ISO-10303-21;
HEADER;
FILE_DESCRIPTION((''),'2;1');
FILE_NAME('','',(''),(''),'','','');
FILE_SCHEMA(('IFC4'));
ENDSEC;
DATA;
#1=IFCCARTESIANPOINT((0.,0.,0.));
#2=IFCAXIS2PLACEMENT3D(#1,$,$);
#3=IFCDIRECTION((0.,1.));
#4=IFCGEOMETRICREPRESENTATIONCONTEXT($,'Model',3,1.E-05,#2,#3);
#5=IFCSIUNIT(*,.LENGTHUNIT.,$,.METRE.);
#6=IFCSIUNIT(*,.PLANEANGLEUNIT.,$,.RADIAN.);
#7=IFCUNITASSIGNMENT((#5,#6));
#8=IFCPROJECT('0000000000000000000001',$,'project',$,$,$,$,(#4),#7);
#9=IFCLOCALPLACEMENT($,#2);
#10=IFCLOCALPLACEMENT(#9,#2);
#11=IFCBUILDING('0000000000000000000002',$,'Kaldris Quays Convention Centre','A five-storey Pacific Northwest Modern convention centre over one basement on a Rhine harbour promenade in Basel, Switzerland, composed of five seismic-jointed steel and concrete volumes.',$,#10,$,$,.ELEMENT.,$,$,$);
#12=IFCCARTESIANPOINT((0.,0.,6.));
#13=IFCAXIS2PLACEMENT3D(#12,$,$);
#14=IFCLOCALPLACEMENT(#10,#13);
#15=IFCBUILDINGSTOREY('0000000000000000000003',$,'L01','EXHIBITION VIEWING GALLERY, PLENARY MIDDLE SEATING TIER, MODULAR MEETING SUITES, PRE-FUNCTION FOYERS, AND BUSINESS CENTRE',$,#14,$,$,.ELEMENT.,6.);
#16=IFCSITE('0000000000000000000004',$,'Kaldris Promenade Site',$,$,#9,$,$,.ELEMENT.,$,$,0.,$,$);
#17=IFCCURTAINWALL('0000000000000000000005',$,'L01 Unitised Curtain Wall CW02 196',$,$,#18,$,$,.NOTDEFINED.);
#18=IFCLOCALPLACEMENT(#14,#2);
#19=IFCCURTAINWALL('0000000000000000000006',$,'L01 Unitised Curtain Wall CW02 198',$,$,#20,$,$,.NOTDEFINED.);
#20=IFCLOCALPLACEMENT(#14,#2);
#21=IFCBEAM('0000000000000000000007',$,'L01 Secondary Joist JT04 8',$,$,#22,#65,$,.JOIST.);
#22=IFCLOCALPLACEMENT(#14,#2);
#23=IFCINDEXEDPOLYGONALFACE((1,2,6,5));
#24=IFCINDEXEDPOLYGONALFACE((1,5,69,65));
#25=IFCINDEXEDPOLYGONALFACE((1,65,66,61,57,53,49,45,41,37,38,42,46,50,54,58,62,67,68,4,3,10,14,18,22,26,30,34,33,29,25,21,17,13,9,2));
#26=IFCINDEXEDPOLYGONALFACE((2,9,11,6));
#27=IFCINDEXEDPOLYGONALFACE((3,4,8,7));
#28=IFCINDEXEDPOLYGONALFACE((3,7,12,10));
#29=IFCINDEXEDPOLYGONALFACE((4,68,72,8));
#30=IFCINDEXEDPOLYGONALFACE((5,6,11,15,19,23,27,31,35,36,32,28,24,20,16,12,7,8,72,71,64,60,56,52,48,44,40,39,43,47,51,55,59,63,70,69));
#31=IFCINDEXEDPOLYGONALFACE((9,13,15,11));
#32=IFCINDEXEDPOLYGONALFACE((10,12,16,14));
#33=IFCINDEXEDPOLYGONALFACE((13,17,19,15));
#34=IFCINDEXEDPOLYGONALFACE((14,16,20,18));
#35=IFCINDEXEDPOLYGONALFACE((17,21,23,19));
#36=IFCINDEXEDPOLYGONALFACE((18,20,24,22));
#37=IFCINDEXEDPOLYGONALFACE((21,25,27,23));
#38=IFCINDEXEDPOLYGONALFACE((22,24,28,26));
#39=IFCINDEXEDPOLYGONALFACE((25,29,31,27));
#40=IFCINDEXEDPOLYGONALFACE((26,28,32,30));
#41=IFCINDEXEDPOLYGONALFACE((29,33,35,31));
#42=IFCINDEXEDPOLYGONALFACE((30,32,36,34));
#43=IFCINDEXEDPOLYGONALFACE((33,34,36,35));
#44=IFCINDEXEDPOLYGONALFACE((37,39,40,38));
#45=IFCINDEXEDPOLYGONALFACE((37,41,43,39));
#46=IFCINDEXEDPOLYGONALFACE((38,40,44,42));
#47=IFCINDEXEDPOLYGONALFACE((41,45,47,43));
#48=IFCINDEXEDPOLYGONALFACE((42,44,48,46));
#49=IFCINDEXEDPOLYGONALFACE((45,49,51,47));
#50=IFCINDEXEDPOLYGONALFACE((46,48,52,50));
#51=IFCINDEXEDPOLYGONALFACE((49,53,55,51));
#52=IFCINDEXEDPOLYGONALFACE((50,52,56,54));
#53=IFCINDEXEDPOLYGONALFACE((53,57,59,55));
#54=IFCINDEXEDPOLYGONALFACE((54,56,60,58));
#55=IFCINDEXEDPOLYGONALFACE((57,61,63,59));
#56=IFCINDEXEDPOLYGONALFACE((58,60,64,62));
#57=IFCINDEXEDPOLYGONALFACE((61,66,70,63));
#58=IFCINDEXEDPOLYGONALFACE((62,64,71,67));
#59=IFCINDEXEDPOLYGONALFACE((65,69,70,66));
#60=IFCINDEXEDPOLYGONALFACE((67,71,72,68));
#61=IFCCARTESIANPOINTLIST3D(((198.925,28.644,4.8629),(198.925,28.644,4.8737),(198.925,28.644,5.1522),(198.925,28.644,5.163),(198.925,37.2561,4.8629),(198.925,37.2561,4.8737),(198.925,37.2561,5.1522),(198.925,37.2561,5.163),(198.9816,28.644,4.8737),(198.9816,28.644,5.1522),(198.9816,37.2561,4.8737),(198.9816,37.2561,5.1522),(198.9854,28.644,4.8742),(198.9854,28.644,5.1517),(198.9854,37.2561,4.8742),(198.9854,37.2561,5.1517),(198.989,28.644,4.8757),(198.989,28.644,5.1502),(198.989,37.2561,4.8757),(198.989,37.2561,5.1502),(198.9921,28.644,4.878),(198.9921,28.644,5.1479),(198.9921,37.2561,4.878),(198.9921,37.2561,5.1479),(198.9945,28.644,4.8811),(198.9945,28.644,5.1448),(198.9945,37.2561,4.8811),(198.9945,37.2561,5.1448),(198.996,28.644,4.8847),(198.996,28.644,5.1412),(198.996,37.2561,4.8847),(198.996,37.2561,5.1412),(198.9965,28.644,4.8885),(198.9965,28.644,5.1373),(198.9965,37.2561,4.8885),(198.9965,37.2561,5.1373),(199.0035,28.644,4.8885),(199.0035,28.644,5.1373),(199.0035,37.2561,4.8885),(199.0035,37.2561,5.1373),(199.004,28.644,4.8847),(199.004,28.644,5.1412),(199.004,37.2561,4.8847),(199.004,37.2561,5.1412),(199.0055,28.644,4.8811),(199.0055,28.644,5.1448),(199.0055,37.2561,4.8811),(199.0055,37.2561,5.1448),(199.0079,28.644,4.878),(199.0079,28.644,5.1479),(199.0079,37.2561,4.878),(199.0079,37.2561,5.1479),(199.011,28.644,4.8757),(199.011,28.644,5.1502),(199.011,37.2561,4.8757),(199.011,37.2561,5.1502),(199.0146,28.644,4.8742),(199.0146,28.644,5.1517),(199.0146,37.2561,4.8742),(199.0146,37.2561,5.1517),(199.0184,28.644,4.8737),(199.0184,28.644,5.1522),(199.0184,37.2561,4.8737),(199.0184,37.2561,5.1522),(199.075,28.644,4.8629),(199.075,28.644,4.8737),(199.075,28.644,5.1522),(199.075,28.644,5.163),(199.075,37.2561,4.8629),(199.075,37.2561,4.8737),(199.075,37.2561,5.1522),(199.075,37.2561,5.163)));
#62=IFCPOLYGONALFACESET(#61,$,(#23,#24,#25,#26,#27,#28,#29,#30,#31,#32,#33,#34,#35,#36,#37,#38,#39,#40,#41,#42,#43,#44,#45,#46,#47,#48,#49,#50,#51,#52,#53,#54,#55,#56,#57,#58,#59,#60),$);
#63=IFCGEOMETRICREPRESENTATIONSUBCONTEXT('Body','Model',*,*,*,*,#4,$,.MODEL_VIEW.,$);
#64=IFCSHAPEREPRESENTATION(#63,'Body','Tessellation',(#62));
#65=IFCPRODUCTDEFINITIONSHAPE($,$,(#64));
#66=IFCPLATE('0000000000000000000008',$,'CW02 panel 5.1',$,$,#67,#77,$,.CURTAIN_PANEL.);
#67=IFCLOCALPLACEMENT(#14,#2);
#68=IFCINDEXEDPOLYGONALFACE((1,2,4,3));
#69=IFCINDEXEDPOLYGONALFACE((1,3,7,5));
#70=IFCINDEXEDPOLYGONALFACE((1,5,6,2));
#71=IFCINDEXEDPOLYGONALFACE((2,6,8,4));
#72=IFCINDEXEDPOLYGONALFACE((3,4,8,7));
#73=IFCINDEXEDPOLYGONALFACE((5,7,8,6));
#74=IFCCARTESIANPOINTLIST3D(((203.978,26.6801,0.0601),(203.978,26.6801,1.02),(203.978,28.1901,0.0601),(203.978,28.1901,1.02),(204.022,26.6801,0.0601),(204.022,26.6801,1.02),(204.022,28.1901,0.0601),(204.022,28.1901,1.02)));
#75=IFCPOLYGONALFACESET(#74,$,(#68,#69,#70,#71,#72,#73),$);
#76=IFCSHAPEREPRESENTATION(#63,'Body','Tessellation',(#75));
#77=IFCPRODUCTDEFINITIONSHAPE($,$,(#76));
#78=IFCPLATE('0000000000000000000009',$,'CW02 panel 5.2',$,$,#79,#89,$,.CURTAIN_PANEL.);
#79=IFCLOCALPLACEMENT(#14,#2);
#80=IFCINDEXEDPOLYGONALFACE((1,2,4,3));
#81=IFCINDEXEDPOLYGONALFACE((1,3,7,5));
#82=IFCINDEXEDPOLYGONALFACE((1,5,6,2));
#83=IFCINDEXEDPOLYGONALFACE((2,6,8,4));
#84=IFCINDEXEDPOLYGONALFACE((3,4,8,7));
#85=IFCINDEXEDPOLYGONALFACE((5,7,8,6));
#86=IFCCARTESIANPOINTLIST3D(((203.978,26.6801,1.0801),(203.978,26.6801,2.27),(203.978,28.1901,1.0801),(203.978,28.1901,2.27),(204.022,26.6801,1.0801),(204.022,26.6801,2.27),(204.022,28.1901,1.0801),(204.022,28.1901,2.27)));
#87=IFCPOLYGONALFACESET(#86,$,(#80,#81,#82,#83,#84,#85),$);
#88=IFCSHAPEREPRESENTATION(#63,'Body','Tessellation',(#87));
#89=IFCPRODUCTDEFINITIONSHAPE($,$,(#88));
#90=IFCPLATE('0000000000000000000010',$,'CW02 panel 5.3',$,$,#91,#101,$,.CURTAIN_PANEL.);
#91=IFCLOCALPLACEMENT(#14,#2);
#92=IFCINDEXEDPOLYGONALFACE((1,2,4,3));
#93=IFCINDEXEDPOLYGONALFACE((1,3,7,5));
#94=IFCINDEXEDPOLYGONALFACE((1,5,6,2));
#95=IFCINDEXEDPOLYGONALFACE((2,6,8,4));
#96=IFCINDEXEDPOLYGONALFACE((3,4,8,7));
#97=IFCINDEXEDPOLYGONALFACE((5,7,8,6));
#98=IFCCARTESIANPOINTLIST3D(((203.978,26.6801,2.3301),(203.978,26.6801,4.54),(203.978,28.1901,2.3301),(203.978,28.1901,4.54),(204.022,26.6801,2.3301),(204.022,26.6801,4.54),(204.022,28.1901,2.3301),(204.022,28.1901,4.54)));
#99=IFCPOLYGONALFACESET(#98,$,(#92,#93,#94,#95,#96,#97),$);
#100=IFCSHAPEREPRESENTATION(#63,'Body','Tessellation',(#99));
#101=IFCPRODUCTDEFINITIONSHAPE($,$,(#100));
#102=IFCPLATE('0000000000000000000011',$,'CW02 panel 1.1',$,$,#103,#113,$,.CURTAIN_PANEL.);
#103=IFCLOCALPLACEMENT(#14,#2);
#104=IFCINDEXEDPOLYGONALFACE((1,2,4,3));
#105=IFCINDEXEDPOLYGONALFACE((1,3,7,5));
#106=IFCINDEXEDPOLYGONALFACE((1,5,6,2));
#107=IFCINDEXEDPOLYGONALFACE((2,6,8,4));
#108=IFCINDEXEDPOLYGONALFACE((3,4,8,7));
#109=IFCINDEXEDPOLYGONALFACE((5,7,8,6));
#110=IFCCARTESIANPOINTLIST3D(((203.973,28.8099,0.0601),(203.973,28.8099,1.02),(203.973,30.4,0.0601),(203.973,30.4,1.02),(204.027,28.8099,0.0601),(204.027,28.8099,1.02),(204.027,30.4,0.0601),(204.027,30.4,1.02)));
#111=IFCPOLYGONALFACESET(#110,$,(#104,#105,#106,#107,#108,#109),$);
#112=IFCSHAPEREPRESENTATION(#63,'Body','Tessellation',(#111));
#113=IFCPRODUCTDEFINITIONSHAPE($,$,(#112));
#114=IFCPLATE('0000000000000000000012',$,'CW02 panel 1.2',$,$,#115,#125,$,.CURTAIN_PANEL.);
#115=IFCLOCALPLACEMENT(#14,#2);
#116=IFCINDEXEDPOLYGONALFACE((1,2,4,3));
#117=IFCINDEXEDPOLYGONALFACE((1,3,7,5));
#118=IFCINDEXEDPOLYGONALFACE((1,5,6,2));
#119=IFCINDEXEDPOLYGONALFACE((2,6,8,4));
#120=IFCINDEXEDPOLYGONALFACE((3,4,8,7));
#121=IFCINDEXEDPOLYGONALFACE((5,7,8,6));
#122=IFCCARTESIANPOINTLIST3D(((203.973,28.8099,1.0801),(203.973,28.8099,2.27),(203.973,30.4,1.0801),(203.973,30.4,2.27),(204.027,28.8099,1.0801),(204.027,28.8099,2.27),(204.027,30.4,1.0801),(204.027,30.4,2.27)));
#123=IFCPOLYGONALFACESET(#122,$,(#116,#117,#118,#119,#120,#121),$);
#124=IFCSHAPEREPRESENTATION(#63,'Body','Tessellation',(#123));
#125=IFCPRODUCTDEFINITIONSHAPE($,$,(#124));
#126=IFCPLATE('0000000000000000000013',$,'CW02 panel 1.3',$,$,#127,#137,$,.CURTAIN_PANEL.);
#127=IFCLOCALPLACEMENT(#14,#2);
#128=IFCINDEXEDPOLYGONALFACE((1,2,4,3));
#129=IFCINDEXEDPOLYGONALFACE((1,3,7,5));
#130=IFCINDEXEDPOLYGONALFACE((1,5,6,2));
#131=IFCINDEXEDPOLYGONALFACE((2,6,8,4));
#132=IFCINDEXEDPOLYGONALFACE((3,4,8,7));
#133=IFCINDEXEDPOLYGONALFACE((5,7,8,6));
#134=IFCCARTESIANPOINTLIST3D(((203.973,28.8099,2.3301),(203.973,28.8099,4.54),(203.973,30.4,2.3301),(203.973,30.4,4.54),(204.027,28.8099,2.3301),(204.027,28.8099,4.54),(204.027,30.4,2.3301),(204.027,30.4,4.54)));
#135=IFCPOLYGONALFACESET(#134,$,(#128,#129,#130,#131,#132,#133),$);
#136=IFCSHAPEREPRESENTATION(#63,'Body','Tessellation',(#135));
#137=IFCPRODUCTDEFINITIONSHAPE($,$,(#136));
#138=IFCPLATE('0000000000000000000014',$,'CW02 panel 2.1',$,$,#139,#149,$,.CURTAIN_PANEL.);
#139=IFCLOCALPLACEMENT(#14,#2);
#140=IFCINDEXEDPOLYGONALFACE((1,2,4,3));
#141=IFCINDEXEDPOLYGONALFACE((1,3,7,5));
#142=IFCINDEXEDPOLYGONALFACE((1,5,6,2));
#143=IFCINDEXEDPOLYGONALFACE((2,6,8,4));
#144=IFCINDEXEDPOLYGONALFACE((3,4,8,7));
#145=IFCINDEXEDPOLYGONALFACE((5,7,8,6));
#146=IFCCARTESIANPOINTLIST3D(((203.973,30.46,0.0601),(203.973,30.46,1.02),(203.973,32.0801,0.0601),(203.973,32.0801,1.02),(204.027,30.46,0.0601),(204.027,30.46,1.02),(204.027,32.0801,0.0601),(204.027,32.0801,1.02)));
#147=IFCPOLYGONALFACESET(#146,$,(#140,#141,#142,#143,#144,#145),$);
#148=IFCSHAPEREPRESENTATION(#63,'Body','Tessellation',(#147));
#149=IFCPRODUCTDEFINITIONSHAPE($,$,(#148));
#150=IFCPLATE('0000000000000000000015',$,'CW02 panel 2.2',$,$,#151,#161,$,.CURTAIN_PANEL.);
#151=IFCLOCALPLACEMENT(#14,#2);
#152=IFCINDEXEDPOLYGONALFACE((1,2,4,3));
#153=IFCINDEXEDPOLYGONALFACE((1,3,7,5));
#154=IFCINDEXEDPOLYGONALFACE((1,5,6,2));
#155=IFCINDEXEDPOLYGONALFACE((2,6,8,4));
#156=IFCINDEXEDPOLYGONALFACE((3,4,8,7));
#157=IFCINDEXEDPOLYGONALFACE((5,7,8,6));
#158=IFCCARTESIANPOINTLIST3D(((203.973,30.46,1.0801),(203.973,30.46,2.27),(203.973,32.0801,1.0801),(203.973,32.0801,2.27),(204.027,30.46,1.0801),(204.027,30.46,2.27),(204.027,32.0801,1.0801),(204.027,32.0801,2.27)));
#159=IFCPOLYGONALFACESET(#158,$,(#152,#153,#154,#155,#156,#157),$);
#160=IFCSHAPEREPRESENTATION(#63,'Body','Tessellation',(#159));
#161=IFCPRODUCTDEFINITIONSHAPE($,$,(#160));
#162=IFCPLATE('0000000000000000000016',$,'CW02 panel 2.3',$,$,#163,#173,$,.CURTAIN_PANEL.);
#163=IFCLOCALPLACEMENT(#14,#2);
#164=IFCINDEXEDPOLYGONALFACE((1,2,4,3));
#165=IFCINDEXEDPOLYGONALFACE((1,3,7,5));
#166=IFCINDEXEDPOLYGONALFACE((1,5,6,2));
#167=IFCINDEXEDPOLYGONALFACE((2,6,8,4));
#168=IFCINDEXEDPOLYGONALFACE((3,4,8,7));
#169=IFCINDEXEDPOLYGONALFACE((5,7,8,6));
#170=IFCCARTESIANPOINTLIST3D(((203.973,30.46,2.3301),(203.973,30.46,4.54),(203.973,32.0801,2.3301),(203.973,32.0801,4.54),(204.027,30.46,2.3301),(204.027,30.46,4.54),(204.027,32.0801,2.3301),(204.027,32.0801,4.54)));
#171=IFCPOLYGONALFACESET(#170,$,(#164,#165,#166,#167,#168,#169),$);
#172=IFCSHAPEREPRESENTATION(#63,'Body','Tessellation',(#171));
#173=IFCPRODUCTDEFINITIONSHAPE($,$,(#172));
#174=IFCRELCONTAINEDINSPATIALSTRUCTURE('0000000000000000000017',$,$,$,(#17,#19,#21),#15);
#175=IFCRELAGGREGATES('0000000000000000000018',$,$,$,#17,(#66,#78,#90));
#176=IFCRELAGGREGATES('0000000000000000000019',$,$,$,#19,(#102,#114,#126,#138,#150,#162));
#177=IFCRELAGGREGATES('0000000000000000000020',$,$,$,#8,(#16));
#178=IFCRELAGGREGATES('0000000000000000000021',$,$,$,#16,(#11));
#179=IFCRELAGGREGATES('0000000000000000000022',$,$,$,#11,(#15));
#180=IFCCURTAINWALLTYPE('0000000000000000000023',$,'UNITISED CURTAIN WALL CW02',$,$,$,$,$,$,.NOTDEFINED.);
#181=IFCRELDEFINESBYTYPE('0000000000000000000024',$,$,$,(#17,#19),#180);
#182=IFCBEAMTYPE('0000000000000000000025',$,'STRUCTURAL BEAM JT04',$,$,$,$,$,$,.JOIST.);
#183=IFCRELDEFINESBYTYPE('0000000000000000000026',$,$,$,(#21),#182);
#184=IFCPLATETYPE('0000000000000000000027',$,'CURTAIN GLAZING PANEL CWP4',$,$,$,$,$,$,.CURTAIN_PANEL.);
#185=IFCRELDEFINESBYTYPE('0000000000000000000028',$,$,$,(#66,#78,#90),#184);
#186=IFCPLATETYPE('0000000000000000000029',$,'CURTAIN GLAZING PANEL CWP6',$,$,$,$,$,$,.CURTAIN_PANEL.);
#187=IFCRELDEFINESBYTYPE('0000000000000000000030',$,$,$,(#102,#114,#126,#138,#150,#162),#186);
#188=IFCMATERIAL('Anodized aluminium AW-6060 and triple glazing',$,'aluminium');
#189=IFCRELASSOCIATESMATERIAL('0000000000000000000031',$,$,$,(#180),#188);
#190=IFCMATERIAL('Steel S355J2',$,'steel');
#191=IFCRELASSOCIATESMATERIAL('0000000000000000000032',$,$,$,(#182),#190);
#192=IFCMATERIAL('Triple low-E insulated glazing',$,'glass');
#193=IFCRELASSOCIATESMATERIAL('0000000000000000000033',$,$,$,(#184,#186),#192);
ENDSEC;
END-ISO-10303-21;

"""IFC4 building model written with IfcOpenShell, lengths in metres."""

from ifc_helpers import new_model, si_unit, direction, frame, origin, origin_2d, place, context, subcontext, project, spatial, rectangle, i_section, extrude, material, material_profile, profile_set, type_object, element, aggregate, save


model = new_model("IFC4")

# Units and contexts
model_context = context("Model", 3, precision=1e-05, world=origin(), true_north=direction((0.0, 1.0)))
body_context = subcontext(model_context, "Body", "Model", "MODEL_VIEW")
ifc_project = project(units=[si_unit("LENGTHUNIT", "METRE"), si_unit("PLANEANGLEUNIT", "RADIAN")], contexts=[model_context])

# Site, building, storey
site_placement = place(None, origin())
site = spatial("IfcSite", under=ifc_project, at=site_placement, Name="Kaldris Promenade Site", CompositionType="ELEMENT", RefElevation=0.0)
building_placement = place(site_placement, origin())
building = spatial("IfcBuilding", under=site, at=building_placement, Name="Kaldris Quays Convention Centre", Description="A five-storey Pacific Northwest Modern convention centre over one basement on a Rhine harbour promenade in Basel, Switzerland, composed of five seismic-jointed steel and concrete volumes.", CompositionType="ELEMENT")
storey_placement = place(building_placement, frame((0.0, 0.0, 6.0)))
storey = spatial("IfcBuildingStorey", under=building, at=storey_placement, Name="L01", Description="EXHIBITION VIEWING GALLERY, PLENARY MIDDLE SEATING TIER, MODULAR MEETING SUITES, PRE-FUNCTION FOYERS, AND BUSINESS CENTRE", CompositionType="ELEMENT", Elevation=6.0)

# Shared definitions
ifc_material_1 = material(Name="Steel S355J2", Category="steel")

# Curtain wall
ifc_material_2 = material(Name="Anodized aluminium AW-6060 and triple glazing", Category="aluminium")
curtain_wall_type = type_object("IfcCurtainWallType", Name="UNITISED CURTAIN WALL CW02", PredefinedType="NOTDEFINED", material=ifc_material_2)
curtain_wall_1_placement = place(storey_placement, origin())
curtain_wall_1 = element("IfcCurtainWall", 1, at=curtain_wall_1_placement, inside=storey, type_object=curtain_wall_type, Name="L01 Unitised Curtain Wall CW02 196", PredefinedType="NOTDEFINED")

# Curtain wall
curtain_wall_2_placement = place(storey_placement, origin())
curtain_wall_2 = element("IfcCurtainWall", 2, at=curtain_wall_2_placement, inside=storey, type_object=curtain_wall_type, Name="L01 Unitised Curtain Wall CW02 198", PredefinedType="NOTDEFINED")

# Beam
ifc_material_profile_1 = material_profile(ifc_material_1, i_section(OverallWidth=0.1499, OverallDepth=0.3, WebThickness=0.0071, FlangeThickness=0.0107, FilletRadius=0.0149, at=origin_2d()), Name="IPE 300")
ifc_profile_set_1 = profile_set([ifc_material_profile_1], Name="Steel S355J2")
beam_type_1 = type_object("IfcBeamType", Name="STRUCTURAL BEAM JT04", PredefinedType="JOIST", material=ifc_profile_set_1)
beam_1_placement = place(storey_placement, frame((199.0, 28.644, 5.0129), z_axis=(0.0, 1.0, 0.0), x_axis=(-1.0, 0.0, 0.0)))
element("IfcBeam", 3, at=beam_1_placement, inside=storey, type_object=beam_type_1, Name="L01 Secondary Joist JT04 8", PredefinedType="JOIST", context=body_context, shape_type="SweptSolid", body=[
    extrude(i_section(OverallWidth=0.1499, OverallDepth=0.3, WebThickness=0.0071, FlangeThickness=0.0107, FilletRadius=0.0149, at=origin_2d()), origin(), (0.0, 0.0, 1.0), 8.6121),
])

# Plates
ifc_material_3 = material(Name="Triple low-E insulated glazing", Category="glass")
plate_type_1 = type_object("IfcPlateType", Name="CURTAIN GLAZING PANEL CWP4", PredefinedType="CURTAIN_PANEL", material=ifc_material_3)
plate_1_placement = place(storey_placement, frame((204.0, 27.4351, 0.0601), z_axis=(0.0, 0.0, 1.0), x_axis=(0.0, 1.0, 0.0)))
plate_1 = element("IfcPlate", 4, at=plate_1_placement, type_object=plate_type_1, Name="CW02 panel 5.1", PredefinedType="CURTAIN_PANEL", context=body_context, shape_type="SweptSolid", body=[
    extrude(rectangle(XDim=1.51, YDim=0.0439, at=origin_2d()), origin(), (0.0, 0.0, 1.0), 0.96),
])
plate_2_placement = place(storey_placement, frame((204.0, 27.4351, 1.0801), z_axis=(0.0, 0.0, 1.0), x_axis=(0.0, 1.0, 0.0)))
plate_2 = element("IfcPlate", 5, at=plate_2_placement, type_object=plate_type_1, Name="CW02 panel 5.2", PredefinedType="CURTAIN_PANEL", context=body_context, shape_type="SweptSolid", body=[
    extrude(rectangle(XDim=1.51, YDim=0.0439, at=origin_2d()), origin(), (0.0, 0.0, 1.0), 1.1899),
])
plate_3_placement = place(storey_placement, frame((204.0, 27.4351, 2.3301), z_axis=(0.0, 0.0, 1.0), x_axis=(0.0, 1.0, 0.0)))
plate_3 = element("IfcPlate", 6, at=plate_3_placement, type_object=plate_type_1, Name="CW02 panel 5.3", PredefinedType="CURTAIN_PANEL", context=body_context, shape_type="SweptSolid", body=[
    extrude(rectangle(XDim=1.51, YDim=0.0439, at=origin_2d()), origin(), (0.0, 0.0, 1.0), 2.21),
])
aggregate(curtain_wall_1, [plate_1, plate_2, plate_3])
plate_type_2 = type_object("IfcPlateType", Name="CURTAIN GLAZING PANEL CWP6", PredefinedType="CURTAIN_PANEL", material=ifc_material_3)
plate_4_placement = place(storey_placement, frame((204.0, 29.605, 0.0601), z_axis=(0.0, 0.0, 1.0), x_axis=(0.0, 1.0, 0.0)))
plate_4 = element("IfcPlate", 7, at=plate_4_placement, type_object=plate_type_2, Name="CW02 panel 1.1", PredefinedType="CURTAIN_PANEL", context=body_context, shape_type="SweptSolid", body=[
    extrude(rectangle(XDim=1.5901, YDim=0.054, at=origin_2d()), origin(), (0.0, 0.0, 1.0), 0.96),
])
plate_5_placement = place(storey_placement, frame((204.0, 29.605, 1.0801), z_axis=(0.0, 0.0, 1.0), x_axis=(0.0, 1.0, 0.0)))
plate_5 = element("IfcPlate", 8, at=plate_5_placement, type_object=plate_type_2, Name="CW02 panel 1.2", PredefinedType="CURTAIN_PANEL", context=body_context, shape_type="SweptSolid", body=[
    extrude(rectangle(XDim=1.5901, YDim=0.054, at=origin_2d()), origin(), (0.0, 0.0, 1.0), 1.1899),
])
plate_6_placement = place(storey_placement, frame((204.0, 29.605, 2.3301), z_axis=(0.0, 0.0, 1.0), x_axis=(0.0, 1.0, 0.0)))
plate_6 = element("IfcPlate", 9, at=plate_6_placement, type_object=plate_type_2, Name="CW02 panel 1.3", PredefinedType="CURTAIN_PANEL", context=body_context, shape_type="SweptSolid", body=[
    extrude(rectangle(XDim=1.5901, YDim=0.054, at=origin_2d()), origin(), (0.0, 0.0, 1.0), 2.21),
])
plate_7_placement = place(storey_placement, frame((204.0, 31.27, 0.0601), z_axis=(0.0, 0.0, 1.0), x_axis=(0.0, 1.0, 0.0)))
plate_7 = element("IfcPlate", 10, at=plate_7_placement, type_object=plate_type_2, Name="CW02 panel 2.1", PredefinedType="CURTAIN_PANEL", context=body_context, shape_type="SweptSolid", body=[
    extrude(rectangle(XDim=1.6201, YDim=0.054, at=origin_2d()), origin(), (0.0, 0.0, 1.0), 0.96),
])
plate_8_placement = place(storey_placement, frame((204.0, 31.27, 1.0801), z_axis=(0.0, 0.0, 1.0), x_axis=(0.0, 1.0, 0.0)))
plate_8 = element("IfcPlate", 11, at=plate_8_placement, type_object=plate_type_2, Name="CW02 panel 2.2", PredefinedType="CURTAIN_PANEL", context=body_context, shape_type="SweptSolid", body=[
    extrude(rectangle(XDim=1.6201, YDim=0.054, at=origin_2d()), origin(), (0.0, 0.0, 1.0), 1.1899),
])
plate_9_placement = place(storey_placement, frame((204.0, 31.27, 2.3301), z_axis=(0.0, 0.0, 1.0), x_axis=(0.0, 1.0, 0.0)))
plate_9 = element("IfcPlate", 12, at=plate_9_placement, type_object=plate_type_2, Name="CW02 panel 2.3", PredefinedType="CURTAIN_PANEL", context=body_context, shape_type="SweptSolid", body=[
    extrude(rectangle(XDim=1.6201, YDim=0.054, at=origin_2d()), origin(), (0.0, 0.0, 1.0), 2.21),
])
aggregate(curtain_wall_2, [plate_4, plate_5, plate_6, plate_7, plate_8, plate_9])

save(model, "model.ifc")
